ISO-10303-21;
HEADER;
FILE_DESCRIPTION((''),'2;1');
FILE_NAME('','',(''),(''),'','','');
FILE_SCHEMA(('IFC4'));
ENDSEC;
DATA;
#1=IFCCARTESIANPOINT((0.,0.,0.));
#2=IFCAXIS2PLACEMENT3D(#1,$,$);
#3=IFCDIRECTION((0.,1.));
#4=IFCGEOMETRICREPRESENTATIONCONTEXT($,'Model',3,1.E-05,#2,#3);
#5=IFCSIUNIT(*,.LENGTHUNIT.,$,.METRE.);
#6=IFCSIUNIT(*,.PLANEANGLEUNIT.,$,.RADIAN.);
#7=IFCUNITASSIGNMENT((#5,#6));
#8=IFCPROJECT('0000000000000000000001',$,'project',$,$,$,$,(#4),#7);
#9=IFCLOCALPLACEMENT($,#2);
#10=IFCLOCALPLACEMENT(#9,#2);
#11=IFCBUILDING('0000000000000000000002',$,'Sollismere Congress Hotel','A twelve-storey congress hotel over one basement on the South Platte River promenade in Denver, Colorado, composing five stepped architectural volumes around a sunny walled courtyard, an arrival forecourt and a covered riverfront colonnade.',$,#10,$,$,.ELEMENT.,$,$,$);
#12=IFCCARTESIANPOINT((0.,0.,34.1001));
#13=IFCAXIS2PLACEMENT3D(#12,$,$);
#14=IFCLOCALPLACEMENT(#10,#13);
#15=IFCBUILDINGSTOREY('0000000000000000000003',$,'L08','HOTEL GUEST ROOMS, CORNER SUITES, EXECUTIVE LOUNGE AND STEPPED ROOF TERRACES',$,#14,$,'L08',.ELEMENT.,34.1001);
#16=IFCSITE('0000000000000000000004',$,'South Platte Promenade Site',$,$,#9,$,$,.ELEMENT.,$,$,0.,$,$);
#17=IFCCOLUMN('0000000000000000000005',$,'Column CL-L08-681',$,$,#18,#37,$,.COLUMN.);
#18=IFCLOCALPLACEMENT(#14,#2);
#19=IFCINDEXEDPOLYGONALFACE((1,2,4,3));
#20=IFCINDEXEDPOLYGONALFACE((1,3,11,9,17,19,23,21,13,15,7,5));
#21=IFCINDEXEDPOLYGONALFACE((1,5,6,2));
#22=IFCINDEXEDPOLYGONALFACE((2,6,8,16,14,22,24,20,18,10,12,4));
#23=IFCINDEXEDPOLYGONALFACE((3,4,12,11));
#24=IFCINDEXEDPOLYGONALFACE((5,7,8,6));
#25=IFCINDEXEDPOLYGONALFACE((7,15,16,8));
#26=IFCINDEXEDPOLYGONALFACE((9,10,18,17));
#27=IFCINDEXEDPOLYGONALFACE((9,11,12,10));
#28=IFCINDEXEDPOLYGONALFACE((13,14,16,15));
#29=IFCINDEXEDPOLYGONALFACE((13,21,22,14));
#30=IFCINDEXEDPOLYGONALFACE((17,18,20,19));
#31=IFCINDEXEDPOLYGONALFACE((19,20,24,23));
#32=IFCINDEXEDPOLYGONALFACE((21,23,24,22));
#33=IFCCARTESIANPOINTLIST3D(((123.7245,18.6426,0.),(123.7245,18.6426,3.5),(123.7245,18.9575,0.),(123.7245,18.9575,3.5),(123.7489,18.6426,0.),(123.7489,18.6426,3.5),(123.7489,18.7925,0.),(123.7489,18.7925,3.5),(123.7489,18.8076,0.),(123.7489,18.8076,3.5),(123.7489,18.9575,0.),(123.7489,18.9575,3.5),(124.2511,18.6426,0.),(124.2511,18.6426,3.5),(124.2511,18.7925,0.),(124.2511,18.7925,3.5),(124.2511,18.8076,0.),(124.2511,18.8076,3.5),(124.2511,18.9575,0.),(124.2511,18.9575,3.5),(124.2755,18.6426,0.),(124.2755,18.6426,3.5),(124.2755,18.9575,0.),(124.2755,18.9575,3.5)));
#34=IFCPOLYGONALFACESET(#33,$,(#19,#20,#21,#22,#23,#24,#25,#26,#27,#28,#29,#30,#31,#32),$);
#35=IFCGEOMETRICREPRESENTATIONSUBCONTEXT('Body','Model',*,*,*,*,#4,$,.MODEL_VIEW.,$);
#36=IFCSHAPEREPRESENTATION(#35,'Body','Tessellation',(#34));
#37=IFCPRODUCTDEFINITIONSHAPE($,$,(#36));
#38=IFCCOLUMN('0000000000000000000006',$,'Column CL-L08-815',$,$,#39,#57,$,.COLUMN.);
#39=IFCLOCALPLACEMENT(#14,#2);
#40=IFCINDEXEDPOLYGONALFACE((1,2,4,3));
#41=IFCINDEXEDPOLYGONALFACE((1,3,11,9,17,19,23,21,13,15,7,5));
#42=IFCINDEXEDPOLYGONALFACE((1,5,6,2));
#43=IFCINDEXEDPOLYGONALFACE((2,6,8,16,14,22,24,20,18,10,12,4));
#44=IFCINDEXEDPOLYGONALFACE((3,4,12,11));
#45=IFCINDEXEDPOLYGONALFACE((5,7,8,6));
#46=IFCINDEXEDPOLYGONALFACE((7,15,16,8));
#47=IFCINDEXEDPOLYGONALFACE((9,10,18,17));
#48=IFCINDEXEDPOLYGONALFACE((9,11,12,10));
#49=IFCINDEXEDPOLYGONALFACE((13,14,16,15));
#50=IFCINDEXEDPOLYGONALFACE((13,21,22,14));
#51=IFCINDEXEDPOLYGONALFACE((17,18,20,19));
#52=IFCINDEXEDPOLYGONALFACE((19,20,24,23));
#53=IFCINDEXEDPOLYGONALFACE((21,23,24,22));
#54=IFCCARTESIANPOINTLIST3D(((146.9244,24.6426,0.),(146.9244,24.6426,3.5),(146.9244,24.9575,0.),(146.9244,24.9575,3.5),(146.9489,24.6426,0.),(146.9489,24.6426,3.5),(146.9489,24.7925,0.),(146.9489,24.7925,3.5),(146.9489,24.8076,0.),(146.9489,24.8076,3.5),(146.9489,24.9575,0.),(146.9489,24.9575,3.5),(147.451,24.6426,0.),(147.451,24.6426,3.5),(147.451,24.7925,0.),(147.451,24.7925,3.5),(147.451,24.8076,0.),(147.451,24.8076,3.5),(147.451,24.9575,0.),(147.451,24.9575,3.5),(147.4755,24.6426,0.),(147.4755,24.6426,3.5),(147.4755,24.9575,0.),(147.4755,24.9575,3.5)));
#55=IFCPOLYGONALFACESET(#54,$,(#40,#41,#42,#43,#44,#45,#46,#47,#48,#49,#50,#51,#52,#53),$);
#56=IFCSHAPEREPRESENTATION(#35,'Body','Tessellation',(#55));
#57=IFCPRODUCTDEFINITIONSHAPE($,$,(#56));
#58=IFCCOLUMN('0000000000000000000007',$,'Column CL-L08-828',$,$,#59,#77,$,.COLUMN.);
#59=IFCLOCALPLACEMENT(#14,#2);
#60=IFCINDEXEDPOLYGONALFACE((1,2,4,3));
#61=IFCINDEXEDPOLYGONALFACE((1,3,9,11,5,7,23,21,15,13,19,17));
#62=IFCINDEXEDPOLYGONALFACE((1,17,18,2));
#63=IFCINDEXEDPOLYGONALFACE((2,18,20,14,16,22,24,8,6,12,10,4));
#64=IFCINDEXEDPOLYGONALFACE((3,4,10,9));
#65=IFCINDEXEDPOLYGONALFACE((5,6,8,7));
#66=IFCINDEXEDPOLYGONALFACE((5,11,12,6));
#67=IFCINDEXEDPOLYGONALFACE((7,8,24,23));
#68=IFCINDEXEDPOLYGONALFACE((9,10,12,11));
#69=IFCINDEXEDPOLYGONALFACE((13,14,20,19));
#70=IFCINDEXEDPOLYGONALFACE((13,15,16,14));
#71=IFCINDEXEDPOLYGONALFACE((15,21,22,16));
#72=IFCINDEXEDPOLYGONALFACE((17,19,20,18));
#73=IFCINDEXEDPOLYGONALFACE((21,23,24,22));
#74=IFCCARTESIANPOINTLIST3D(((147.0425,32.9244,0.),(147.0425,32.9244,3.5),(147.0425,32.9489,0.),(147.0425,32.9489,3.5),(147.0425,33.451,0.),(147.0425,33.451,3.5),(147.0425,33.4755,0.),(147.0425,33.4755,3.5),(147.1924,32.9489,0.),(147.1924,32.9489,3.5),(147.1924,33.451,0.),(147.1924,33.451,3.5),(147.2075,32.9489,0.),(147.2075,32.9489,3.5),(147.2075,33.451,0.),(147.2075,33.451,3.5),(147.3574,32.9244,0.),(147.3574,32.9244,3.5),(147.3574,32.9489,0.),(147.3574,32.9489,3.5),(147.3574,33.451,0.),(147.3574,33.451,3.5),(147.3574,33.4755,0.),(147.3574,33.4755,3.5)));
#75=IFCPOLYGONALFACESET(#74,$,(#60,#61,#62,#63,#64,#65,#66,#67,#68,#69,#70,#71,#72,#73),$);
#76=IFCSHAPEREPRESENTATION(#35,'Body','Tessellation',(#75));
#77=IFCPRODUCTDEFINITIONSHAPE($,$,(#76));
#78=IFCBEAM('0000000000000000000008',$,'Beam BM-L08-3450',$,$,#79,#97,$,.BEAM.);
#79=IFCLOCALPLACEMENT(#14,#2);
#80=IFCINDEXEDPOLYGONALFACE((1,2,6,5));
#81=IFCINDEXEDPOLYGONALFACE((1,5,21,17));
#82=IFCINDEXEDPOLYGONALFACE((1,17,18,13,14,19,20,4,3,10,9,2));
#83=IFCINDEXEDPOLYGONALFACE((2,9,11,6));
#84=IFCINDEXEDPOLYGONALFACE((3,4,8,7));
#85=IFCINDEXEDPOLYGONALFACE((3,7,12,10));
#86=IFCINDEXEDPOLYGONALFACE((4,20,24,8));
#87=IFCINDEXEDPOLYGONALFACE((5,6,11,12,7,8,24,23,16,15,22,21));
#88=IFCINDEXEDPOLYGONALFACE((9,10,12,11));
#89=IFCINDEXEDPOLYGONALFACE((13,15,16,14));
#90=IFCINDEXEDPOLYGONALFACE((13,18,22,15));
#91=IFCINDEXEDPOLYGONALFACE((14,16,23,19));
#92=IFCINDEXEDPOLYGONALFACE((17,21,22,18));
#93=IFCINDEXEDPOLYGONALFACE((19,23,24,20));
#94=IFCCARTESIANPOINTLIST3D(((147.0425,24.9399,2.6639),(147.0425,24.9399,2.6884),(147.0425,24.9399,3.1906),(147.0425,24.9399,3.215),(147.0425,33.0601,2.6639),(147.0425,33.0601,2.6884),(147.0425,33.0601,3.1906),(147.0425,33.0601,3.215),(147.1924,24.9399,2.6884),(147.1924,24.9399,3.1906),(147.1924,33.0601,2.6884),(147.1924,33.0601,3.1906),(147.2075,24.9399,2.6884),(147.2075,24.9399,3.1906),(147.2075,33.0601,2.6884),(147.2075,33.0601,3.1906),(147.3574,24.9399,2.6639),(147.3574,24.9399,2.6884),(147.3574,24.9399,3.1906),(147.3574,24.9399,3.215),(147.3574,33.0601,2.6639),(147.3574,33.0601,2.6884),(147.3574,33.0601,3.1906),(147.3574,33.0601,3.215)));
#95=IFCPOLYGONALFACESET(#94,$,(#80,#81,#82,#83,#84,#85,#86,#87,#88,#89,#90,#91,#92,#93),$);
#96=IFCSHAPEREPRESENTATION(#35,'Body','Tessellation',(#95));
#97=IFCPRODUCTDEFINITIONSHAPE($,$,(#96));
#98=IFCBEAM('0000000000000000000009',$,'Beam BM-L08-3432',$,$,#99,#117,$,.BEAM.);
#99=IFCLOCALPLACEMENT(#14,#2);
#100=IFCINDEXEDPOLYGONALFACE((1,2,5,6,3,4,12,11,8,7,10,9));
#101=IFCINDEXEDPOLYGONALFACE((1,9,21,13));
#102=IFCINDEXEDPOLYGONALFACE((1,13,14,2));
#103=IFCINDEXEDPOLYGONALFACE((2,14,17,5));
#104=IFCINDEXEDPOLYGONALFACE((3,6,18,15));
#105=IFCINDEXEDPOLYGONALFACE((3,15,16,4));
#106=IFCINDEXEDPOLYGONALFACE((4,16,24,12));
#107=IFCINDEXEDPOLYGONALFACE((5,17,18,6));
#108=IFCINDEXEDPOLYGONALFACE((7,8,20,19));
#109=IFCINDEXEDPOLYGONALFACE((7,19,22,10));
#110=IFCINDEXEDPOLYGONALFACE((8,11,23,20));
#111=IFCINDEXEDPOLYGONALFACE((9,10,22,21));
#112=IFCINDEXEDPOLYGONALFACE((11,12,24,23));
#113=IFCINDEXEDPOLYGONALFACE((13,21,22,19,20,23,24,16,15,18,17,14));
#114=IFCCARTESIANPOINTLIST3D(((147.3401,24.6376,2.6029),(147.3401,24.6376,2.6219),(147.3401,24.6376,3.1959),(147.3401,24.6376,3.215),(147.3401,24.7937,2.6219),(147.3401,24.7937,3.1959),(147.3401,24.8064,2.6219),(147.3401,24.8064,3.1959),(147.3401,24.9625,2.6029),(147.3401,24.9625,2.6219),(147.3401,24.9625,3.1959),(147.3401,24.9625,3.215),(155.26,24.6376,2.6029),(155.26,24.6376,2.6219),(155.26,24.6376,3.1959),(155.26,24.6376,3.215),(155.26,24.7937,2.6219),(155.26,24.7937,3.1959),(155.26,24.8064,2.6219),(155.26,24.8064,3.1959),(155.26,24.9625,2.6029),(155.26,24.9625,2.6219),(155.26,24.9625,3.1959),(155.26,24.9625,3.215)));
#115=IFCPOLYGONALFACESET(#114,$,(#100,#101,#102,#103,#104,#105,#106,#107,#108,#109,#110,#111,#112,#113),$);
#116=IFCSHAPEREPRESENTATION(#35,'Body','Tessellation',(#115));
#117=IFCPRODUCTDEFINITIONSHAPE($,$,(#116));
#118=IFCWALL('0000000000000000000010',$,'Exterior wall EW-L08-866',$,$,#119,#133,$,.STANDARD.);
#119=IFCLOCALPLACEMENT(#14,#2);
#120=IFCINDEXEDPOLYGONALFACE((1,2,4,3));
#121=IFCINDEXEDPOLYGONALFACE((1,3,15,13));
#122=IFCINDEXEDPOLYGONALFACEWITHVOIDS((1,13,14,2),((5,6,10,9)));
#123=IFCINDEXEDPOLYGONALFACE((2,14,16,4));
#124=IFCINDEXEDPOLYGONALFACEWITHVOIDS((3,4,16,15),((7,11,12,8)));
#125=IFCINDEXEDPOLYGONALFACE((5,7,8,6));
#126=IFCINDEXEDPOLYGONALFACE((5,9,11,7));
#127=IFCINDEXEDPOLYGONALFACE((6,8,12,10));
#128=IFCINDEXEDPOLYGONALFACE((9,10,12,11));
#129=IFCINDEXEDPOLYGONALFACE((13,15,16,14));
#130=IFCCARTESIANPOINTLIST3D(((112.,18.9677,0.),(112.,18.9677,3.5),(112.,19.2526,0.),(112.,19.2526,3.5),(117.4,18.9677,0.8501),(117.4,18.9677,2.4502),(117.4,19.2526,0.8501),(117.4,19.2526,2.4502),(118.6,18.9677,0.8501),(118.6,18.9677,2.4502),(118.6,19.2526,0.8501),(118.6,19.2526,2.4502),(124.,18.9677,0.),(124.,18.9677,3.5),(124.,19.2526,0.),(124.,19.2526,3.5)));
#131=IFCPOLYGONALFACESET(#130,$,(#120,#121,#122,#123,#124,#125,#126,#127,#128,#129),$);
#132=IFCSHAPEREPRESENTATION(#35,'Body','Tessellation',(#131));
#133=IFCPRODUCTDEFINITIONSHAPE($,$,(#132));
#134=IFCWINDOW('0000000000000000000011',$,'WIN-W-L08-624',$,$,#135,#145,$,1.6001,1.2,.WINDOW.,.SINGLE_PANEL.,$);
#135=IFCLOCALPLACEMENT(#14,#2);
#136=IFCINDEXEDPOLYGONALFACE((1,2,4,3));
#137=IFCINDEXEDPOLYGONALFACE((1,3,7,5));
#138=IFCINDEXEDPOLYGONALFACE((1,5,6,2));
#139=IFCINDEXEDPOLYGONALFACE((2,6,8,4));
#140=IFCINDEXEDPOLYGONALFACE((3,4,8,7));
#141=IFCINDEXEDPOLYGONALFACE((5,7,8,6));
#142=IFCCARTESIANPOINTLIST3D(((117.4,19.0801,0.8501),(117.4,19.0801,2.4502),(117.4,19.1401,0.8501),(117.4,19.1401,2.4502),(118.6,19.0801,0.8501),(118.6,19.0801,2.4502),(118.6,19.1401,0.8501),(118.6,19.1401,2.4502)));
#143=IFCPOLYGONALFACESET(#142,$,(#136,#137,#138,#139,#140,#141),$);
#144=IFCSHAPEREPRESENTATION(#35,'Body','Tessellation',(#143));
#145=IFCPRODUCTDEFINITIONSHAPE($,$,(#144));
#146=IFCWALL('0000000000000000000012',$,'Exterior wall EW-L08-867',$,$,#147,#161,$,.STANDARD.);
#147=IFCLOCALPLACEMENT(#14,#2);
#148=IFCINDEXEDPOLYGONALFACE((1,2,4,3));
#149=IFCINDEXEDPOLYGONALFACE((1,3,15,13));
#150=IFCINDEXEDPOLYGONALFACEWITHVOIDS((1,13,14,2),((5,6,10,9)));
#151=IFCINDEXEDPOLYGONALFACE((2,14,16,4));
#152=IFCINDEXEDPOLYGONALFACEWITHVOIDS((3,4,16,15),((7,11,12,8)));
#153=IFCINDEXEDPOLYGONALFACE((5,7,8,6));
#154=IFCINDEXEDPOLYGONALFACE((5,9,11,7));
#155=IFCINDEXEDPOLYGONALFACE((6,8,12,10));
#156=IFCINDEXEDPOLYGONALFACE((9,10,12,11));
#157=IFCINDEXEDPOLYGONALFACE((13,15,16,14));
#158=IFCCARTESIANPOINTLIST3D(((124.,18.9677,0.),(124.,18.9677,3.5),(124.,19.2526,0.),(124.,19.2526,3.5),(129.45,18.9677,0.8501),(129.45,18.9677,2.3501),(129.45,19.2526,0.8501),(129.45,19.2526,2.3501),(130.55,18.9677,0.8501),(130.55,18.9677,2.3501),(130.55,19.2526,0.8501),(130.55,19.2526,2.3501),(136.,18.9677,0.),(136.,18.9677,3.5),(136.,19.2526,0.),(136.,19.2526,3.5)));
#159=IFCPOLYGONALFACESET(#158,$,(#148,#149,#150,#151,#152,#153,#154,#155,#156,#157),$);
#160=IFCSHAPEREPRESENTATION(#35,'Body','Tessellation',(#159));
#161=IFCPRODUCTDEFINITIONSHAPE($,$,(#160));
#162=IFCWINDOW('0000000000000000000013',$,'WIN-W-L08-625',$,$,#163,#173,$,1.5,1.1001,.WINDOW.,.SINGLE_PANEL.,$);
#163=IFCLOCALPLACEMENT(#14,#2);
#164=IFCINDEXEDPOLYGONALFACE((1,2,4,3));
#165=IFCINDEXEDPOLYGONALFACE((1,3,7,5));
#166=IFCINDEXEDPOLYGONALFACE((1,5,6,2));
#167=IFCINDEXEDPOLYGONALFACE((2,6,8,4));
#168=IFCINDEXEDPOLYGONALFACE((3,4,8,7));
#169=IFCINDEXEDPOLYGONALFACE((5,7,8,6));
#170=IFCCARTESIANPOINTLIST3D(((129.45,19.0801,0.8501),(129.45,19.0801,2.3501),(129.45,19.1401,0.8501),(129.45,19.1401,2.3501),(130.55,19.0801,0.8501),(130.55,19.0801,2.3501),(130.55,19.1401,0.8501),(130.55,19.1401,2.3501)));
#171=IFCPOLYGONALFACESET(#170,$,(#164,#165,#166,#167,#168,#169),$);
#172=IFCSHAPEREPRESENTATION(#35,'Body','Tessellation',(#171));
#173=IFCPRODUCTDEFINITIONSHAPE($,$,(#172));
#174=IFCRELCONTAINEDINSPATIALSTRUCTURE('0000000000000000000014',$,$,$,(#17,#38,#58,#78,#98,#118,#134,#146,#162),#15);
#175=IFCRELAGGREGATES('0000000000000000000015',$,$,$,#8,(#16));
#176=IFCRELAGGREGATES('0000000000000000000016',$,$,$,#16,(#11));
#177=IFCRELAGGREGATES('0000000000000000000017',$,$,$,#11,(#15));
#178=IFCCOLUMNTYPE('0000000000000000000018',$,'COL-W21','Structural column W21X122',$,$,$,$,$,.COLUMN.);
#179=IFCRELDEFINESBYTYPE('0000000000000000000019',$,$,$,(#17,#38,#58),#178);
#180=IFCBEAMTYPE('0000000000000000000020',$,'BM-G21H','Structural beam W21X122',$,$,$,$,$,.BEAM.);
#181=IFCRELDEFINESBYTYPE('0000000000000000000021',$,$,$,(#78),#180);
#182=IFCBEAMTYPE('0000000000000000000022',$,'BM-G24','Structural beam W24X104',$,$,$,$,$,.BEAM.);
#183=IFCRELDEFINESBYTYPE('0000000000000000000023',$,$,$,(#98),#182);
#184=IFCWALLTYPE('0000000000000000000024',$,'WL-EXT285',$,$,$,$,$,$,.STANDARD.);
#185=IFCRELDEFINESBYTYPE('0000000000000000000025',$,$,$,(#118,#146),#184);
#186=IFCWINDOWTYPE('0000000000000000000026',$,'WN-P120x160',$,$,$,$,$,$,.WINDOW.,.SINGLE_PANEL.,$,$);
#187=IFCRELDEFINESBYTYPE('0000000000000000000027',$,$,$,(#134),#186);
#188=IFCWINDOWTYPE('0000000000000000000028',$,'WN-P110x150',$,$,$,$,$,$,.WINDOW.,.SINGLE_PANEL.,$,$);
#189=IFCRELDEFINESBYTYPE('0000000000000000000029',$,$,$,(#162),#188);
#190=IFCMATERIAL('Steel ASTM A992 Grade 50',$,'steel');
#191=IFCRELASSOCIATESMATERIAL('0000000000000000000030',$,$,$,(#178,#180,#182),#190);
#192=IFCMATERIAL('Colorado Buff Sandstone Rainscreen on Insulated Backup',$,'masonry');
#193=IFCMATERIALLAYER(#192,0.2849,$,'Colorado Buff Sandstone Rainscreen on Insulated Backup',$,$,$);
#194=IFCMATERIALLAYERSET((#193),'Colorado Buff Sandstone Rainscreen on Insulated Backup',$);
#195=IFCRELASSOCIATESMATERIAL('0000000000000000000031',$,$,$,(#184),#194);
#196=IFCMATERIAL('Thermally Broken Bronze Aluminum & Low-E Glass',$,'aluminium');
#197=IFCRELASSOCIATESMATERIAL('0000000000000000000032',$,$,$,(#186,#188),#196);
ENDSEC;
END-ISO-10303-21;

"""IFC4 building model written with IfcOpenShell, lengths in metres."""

from ifc_helpers import new_model, si_unit, direction, frame, frame_2d, origin, origin_2d, place, context, subcontext, project, spatial, rectangle, i_section, extrude, material, layer, layer_set, material_profile, profile_set, type_object, element, fill, save


model = new_model("IFC4")

# Units and contexts
model_context = context("Model", 3, precision=1e-05, world=origin(), true_north=direction((0.0, 1.0)))
body_context = subcontext(model_context, "Body", "Model", "MODEL_VIEW")
ifc_project = project(units=[si_unit("LENGTHUNIT", "METRE"), si_unit("PLANEANGLEUNIT", "RADIAN")], contexts=[model_context])

# Site, building, storey
site_placement = place(None, origin())
site = spatial("IfcSite", under=ifc_project, at=site_placement, Name="South Platte Promenade Site", CompositionType="ELEMENT", RefElevation=0.0)
building_placement = place(site_placement, origin())
building = spatial("IfcBuilding", under=site, at=building_placement, Name="Sollismere Congress Hotel", Description="A twelve-storey congress hotel over one basement on the South Platte River promenade in Denver, Colorado, composing five stepped architectural volumes around a sunny walled courtyard, an arrival forecourt and a covered riverfront colonnade.", CompositionType="ELEMENT")
storey_placement = place(building_placement, frame((0.0, 0.0, 34.1001)))
storey = spatial("IfcBuildingStorey", under=building, at=storey_placement, Name="L08", Description="HOTEL GUEST ROOMS, CORNER SUITES, EXECUTIVE LOUNGE AND STEPPED ROOF TERRACES", LongName="L08", CompositionType="ELEMENT", Elevation=34.1001)

# Columns
ifc_material_1 = material(Name="Steel ASTM A992 Grade 50", Category="steel")
ifc_material_profile_1 = material_profile(ifc_material_1, i_section(OverallWidth=0.3149, OverallDepth=0.551, WebThickness=0.0151, FlangeThickness=0.0244, at=origin_2d()), Name="W21X122")
ifc_profile_set_1 = profile_set([ifc_material_profile_1], Name="Steel ASTM A992 Grade 50")
column_type = type_object("IfcColumnType", Name="COL-W21", Description="Structural column W21X122", PredefinedType="COLUMN", material=ifc_profile_set_1)
for number, where, z_axis, x_axis, name in (
    (1, (124.0, 18.8, 0.0), (0.0, 0.0, 1.0), (0.0, 1.0, 0.0), "Column CL-L08-681"),
    (2, (147.2, 24.8, 0.0), (0.0, 0.0, 1.0), (0.0, 1.0, 0.0), "Column CL-L08-815"),
    (3, (147.2, 33.2, 0.0), (0.0, 0.0, 1.0), (1.0, 0.0, 0.0), "Column CL-L08-828"),
):
    element("IfcColumn", number, at=place(storey_placement, frame(where, z_axis=z_axis, x_axis=x_axis)), inside=storey, type_object=column_type, Name=name, PredefinedType="COLUMN", context=body_context, shape_type="SweptSolid", body=[
        extrude(i_section(OverallWidth=0.3149, OverallDepth=0.551, WebThickness=0.0151, FlangeThickness=0.0244, at=origin_2d()), origin(), (0.0, 0.0, 1.0), 3.5),
    ])

# Beams
ifc_material_profile_2 = material_profile(ifc_material_1, i_section(OverallWidth=0.3149, OverallDepth=0.551, WebThickness=0.0151, FlangeThickness=0.0244, at=origin_2d()), Name="W21X122")
ifc_profile_set_2 = profile_set([ifc_material_profile_2], Name="Steel ASTM A992 Grade 50")
beam_type_1 = type_object("IfcBeamType", Name="BM-G21H", Description="Structural beam W21X122", PredefinedType="BEAM", material=ifc_profile_set_2)
beam_1_placement = place(storey_placement, frame((147.2, 24.9399, 2.9395), z_axis=(0.0, 1.0, 0.0), x_axis=(-1.0, 0.0, 0.0)))
element("IfcBeam", 4, at=beam_1_placement, inside=storey, type_object=beam_type_1, Name="Beam BM-L08-3450", PredefinedType="BEAM", context=body_context, shape_type="SweptSolid", body=[
    extrude(i_section(OverallWidth=0.3149, OverallDepth=0.551, WebThickness=0.0151, FlangeThickness=0.0244, at=origin_2d()), origin(), (0.0, 0.0, 1.0), 8.1201),
])
ifc_material_profile_3 = material_profile(ifc_material_1, i_section(OverallWidth=0.325, OverallDepth=0.6121, WebThickness=0.0127, FlangeThickness=0.019, at=origin_2d()), Name="W24X104")
ifc_profile_set_3 = profile_set([ifc_material_profile_3], Name="Steel ASTM A992 Grade 50")
beam_type_2 = type_object("IfcBeamType", Name="BM-G24", Description="Structural beam W24X104", PredefinedType="BEAM", material=ifc_profile_set_3)
beam_2_placement = place(storey_placement, frame((147.3401, 24.8, 2.9089), z_axis=(1.0, 0.0, 0.0), x_axis=(0.0, 1.0, 0.0)))
element("IfcBeam", 5, at=beam_2_placement, inside=storey, type_object=beam_type_2, Name="Beam BM-L08-3432", PredefinedType="BEAM", context=body_context, shape_type="SweptSolid", body=[
    extrude(i_section(OverallWidth=0.325, OverallDepth=0.6121, WebThickness=0.0127, FlangeThickness=0.019, at=origin_2d()), origin(), (0.0, 0.0, 1.0), 7.9199),
])

# Walls, openings, windows
ifc_material_2 = material(Name="Colorado Buff Sandstone Rainscreen on Insulated Backup", Category="masonry")
ifc_layer_1 = layer(ifc_material_2, 0.2849, Name="Colorado Buff Sandstone Rainscreen on Insulated Backup")
ifc_layer_set_1 = layer_set([ifc_layer_1], Name="Colorado Buff Sandstone Rainscreen on Insulated Backup")
wall_type_1 = type_object("IfcWallType", Name="WL-EXT285", PredefinedType="STANDARD", material=ifc_layer_set_1)
wall_1_placement = place(storey_placement, frame((124.0, 19.1101, 0.0), z_axis=(0.0, 0.0, 1.0), x_axis=(-1.0, 0.0, 0.0)))
wall_1 = element("IfcWall", 6, at=wall_1_placement, inside=storey, type_object=wall_type_1, Name="Exterior wall EW-L08-866", PredefinedType="STANDARD", context=body_context, shape_type="SweptSolid", body=[
    extrude(rectangle(XDim=12.0, YDim=0.2849, at=frame_2d((6.0, 0.0))), origin(), (0.0, 0.0, 1.0), 3.5),
])
opening_1_placement = place(wall_1_placement, frame((5.3999, 0.0, 0.8501)))
opening_1 = element("IfcOpeningElement", 7, at=opening_1_placement, cuts=wall_1, PredefinedType="OPENING", context=body_context, shape_type="SweptSolid", body=[
    extrude(rectangle(XDim=1.2, YDim=1.6001, at=frame_2d((0.6001, 0.8))), frame((0.0, 0.1523, 0.0), z_axis=(0.0, -1.0, 0.0), x_axis=(1.0, 0.0, 0.0)), (0.0, 0.0, 1.0), 0.3049),
])
ifc_material_3 = material(Name="Thermally Broken Bronze Aluminum & Low-E Glass", Category="aluminium")
window_type_1 = type_object("IfcWindowType", Name="WN-P120x160", PartitioningType="SINGLE_PANEL", PredefinedType="WINDOW", material=ifc_material_3)
window_1_placement = place(opening_1_placement, origin())
window_1 = element("IfcWindow", 8, at=window_1_placement, inside=storey, type_object=window_type_1, Name="WIN-W-L08-624", OverallHeight=1.6001, OverallWidth=1.2, PartitioningType="SINGLE_PANEL", PredefinedType="WINDOW", context=body_context, shape_type="SweptSolid", body=[
    extrude(rectangle(XDim=1.2, YDim=1.6001, at=frame_2d((0.6001, 0.8))), frame((0.0, 0.03, 0.0), z_axis=(0.0, -1.0, 0.0), x_axis=(1.0, 0.0, 0.0)), (0.0, 0.0, 1.0), 0.0601),
])
fill(opening_1, window_1)
wall_2_placement = place(storey_placement, frame((136.0, 19.1101, 0.0), z_axis=(0.0, 0.0, 1.0), x_axis=(-1.0, 0.0, 0.0)))
wall_2 = element("IfcWall", 9, at=wall_2_placement, inside=storey, type_object=wall_type_1, Name="Exterior wall EW-L08-867", PredefinedType="STANDARD", context=body_context, shape_type="SweptSolid", body=[
    extrude(rectangle(XDim=12.0, YDim=0.2849, at=frame_2d((6.0, 0.0))), origin(), (0.0, 0.0, 1.0), 3.5),
])
opening_2_placement = place(wall_2_placement, frame((5.45, 0.0, 0.8501)))
opening_2 = element("IfcOpeningElement", 10, at=opening_2_placement, cuts=wall_2, PredefinedType="OPENING", context=body_context, shape_type="SweptSolid", body=[
    extrude(rectangle(XDim=1.1001, YDim=1.5, at=frame_2d((0.55, 0.75))), frame((0.0, 0.1523, 0.0), z_axis=(0.0, -1.0, 0.0), x_axis=(1.0, 0.0, 0.0)), (0.0, 0.0, 1.0), 0.3049),
])
window_type_2 = type_object("IfcWindowType", Name="WN-P110x150", PartitioningType="SINGLE_PANEL", PredefinedType="WINDOW", material=ifc_material_3)
window_2_placement = place(opening_2_placement, origin())
window_2 = element("IfcWindow", 11, at=window_2_placement, inside=storey, type_object=window_type_2, Name="WIN-W-L08-625", OverallHeight=1.5, OverallWidth=1.1001, PartitioningType="SINGLE_PANEL", PredefinedType="WINDOW", context=body_context, shape_type="SweptSolid", body=[
    extrude(rectangle(XDim=1.1001, YDim=1.5, at=frame_2d((0.55, 0.75))), frame((0.0, 0.03, 0.0), z_axis=(0.0, -1.0, 0.0), x_axis=(1.0, 0.0, 0.0)), (0.0, 0.0, 1.0), 0.0601),
])
fill(opening_2, window_2)

save(model, "model.ifc")
